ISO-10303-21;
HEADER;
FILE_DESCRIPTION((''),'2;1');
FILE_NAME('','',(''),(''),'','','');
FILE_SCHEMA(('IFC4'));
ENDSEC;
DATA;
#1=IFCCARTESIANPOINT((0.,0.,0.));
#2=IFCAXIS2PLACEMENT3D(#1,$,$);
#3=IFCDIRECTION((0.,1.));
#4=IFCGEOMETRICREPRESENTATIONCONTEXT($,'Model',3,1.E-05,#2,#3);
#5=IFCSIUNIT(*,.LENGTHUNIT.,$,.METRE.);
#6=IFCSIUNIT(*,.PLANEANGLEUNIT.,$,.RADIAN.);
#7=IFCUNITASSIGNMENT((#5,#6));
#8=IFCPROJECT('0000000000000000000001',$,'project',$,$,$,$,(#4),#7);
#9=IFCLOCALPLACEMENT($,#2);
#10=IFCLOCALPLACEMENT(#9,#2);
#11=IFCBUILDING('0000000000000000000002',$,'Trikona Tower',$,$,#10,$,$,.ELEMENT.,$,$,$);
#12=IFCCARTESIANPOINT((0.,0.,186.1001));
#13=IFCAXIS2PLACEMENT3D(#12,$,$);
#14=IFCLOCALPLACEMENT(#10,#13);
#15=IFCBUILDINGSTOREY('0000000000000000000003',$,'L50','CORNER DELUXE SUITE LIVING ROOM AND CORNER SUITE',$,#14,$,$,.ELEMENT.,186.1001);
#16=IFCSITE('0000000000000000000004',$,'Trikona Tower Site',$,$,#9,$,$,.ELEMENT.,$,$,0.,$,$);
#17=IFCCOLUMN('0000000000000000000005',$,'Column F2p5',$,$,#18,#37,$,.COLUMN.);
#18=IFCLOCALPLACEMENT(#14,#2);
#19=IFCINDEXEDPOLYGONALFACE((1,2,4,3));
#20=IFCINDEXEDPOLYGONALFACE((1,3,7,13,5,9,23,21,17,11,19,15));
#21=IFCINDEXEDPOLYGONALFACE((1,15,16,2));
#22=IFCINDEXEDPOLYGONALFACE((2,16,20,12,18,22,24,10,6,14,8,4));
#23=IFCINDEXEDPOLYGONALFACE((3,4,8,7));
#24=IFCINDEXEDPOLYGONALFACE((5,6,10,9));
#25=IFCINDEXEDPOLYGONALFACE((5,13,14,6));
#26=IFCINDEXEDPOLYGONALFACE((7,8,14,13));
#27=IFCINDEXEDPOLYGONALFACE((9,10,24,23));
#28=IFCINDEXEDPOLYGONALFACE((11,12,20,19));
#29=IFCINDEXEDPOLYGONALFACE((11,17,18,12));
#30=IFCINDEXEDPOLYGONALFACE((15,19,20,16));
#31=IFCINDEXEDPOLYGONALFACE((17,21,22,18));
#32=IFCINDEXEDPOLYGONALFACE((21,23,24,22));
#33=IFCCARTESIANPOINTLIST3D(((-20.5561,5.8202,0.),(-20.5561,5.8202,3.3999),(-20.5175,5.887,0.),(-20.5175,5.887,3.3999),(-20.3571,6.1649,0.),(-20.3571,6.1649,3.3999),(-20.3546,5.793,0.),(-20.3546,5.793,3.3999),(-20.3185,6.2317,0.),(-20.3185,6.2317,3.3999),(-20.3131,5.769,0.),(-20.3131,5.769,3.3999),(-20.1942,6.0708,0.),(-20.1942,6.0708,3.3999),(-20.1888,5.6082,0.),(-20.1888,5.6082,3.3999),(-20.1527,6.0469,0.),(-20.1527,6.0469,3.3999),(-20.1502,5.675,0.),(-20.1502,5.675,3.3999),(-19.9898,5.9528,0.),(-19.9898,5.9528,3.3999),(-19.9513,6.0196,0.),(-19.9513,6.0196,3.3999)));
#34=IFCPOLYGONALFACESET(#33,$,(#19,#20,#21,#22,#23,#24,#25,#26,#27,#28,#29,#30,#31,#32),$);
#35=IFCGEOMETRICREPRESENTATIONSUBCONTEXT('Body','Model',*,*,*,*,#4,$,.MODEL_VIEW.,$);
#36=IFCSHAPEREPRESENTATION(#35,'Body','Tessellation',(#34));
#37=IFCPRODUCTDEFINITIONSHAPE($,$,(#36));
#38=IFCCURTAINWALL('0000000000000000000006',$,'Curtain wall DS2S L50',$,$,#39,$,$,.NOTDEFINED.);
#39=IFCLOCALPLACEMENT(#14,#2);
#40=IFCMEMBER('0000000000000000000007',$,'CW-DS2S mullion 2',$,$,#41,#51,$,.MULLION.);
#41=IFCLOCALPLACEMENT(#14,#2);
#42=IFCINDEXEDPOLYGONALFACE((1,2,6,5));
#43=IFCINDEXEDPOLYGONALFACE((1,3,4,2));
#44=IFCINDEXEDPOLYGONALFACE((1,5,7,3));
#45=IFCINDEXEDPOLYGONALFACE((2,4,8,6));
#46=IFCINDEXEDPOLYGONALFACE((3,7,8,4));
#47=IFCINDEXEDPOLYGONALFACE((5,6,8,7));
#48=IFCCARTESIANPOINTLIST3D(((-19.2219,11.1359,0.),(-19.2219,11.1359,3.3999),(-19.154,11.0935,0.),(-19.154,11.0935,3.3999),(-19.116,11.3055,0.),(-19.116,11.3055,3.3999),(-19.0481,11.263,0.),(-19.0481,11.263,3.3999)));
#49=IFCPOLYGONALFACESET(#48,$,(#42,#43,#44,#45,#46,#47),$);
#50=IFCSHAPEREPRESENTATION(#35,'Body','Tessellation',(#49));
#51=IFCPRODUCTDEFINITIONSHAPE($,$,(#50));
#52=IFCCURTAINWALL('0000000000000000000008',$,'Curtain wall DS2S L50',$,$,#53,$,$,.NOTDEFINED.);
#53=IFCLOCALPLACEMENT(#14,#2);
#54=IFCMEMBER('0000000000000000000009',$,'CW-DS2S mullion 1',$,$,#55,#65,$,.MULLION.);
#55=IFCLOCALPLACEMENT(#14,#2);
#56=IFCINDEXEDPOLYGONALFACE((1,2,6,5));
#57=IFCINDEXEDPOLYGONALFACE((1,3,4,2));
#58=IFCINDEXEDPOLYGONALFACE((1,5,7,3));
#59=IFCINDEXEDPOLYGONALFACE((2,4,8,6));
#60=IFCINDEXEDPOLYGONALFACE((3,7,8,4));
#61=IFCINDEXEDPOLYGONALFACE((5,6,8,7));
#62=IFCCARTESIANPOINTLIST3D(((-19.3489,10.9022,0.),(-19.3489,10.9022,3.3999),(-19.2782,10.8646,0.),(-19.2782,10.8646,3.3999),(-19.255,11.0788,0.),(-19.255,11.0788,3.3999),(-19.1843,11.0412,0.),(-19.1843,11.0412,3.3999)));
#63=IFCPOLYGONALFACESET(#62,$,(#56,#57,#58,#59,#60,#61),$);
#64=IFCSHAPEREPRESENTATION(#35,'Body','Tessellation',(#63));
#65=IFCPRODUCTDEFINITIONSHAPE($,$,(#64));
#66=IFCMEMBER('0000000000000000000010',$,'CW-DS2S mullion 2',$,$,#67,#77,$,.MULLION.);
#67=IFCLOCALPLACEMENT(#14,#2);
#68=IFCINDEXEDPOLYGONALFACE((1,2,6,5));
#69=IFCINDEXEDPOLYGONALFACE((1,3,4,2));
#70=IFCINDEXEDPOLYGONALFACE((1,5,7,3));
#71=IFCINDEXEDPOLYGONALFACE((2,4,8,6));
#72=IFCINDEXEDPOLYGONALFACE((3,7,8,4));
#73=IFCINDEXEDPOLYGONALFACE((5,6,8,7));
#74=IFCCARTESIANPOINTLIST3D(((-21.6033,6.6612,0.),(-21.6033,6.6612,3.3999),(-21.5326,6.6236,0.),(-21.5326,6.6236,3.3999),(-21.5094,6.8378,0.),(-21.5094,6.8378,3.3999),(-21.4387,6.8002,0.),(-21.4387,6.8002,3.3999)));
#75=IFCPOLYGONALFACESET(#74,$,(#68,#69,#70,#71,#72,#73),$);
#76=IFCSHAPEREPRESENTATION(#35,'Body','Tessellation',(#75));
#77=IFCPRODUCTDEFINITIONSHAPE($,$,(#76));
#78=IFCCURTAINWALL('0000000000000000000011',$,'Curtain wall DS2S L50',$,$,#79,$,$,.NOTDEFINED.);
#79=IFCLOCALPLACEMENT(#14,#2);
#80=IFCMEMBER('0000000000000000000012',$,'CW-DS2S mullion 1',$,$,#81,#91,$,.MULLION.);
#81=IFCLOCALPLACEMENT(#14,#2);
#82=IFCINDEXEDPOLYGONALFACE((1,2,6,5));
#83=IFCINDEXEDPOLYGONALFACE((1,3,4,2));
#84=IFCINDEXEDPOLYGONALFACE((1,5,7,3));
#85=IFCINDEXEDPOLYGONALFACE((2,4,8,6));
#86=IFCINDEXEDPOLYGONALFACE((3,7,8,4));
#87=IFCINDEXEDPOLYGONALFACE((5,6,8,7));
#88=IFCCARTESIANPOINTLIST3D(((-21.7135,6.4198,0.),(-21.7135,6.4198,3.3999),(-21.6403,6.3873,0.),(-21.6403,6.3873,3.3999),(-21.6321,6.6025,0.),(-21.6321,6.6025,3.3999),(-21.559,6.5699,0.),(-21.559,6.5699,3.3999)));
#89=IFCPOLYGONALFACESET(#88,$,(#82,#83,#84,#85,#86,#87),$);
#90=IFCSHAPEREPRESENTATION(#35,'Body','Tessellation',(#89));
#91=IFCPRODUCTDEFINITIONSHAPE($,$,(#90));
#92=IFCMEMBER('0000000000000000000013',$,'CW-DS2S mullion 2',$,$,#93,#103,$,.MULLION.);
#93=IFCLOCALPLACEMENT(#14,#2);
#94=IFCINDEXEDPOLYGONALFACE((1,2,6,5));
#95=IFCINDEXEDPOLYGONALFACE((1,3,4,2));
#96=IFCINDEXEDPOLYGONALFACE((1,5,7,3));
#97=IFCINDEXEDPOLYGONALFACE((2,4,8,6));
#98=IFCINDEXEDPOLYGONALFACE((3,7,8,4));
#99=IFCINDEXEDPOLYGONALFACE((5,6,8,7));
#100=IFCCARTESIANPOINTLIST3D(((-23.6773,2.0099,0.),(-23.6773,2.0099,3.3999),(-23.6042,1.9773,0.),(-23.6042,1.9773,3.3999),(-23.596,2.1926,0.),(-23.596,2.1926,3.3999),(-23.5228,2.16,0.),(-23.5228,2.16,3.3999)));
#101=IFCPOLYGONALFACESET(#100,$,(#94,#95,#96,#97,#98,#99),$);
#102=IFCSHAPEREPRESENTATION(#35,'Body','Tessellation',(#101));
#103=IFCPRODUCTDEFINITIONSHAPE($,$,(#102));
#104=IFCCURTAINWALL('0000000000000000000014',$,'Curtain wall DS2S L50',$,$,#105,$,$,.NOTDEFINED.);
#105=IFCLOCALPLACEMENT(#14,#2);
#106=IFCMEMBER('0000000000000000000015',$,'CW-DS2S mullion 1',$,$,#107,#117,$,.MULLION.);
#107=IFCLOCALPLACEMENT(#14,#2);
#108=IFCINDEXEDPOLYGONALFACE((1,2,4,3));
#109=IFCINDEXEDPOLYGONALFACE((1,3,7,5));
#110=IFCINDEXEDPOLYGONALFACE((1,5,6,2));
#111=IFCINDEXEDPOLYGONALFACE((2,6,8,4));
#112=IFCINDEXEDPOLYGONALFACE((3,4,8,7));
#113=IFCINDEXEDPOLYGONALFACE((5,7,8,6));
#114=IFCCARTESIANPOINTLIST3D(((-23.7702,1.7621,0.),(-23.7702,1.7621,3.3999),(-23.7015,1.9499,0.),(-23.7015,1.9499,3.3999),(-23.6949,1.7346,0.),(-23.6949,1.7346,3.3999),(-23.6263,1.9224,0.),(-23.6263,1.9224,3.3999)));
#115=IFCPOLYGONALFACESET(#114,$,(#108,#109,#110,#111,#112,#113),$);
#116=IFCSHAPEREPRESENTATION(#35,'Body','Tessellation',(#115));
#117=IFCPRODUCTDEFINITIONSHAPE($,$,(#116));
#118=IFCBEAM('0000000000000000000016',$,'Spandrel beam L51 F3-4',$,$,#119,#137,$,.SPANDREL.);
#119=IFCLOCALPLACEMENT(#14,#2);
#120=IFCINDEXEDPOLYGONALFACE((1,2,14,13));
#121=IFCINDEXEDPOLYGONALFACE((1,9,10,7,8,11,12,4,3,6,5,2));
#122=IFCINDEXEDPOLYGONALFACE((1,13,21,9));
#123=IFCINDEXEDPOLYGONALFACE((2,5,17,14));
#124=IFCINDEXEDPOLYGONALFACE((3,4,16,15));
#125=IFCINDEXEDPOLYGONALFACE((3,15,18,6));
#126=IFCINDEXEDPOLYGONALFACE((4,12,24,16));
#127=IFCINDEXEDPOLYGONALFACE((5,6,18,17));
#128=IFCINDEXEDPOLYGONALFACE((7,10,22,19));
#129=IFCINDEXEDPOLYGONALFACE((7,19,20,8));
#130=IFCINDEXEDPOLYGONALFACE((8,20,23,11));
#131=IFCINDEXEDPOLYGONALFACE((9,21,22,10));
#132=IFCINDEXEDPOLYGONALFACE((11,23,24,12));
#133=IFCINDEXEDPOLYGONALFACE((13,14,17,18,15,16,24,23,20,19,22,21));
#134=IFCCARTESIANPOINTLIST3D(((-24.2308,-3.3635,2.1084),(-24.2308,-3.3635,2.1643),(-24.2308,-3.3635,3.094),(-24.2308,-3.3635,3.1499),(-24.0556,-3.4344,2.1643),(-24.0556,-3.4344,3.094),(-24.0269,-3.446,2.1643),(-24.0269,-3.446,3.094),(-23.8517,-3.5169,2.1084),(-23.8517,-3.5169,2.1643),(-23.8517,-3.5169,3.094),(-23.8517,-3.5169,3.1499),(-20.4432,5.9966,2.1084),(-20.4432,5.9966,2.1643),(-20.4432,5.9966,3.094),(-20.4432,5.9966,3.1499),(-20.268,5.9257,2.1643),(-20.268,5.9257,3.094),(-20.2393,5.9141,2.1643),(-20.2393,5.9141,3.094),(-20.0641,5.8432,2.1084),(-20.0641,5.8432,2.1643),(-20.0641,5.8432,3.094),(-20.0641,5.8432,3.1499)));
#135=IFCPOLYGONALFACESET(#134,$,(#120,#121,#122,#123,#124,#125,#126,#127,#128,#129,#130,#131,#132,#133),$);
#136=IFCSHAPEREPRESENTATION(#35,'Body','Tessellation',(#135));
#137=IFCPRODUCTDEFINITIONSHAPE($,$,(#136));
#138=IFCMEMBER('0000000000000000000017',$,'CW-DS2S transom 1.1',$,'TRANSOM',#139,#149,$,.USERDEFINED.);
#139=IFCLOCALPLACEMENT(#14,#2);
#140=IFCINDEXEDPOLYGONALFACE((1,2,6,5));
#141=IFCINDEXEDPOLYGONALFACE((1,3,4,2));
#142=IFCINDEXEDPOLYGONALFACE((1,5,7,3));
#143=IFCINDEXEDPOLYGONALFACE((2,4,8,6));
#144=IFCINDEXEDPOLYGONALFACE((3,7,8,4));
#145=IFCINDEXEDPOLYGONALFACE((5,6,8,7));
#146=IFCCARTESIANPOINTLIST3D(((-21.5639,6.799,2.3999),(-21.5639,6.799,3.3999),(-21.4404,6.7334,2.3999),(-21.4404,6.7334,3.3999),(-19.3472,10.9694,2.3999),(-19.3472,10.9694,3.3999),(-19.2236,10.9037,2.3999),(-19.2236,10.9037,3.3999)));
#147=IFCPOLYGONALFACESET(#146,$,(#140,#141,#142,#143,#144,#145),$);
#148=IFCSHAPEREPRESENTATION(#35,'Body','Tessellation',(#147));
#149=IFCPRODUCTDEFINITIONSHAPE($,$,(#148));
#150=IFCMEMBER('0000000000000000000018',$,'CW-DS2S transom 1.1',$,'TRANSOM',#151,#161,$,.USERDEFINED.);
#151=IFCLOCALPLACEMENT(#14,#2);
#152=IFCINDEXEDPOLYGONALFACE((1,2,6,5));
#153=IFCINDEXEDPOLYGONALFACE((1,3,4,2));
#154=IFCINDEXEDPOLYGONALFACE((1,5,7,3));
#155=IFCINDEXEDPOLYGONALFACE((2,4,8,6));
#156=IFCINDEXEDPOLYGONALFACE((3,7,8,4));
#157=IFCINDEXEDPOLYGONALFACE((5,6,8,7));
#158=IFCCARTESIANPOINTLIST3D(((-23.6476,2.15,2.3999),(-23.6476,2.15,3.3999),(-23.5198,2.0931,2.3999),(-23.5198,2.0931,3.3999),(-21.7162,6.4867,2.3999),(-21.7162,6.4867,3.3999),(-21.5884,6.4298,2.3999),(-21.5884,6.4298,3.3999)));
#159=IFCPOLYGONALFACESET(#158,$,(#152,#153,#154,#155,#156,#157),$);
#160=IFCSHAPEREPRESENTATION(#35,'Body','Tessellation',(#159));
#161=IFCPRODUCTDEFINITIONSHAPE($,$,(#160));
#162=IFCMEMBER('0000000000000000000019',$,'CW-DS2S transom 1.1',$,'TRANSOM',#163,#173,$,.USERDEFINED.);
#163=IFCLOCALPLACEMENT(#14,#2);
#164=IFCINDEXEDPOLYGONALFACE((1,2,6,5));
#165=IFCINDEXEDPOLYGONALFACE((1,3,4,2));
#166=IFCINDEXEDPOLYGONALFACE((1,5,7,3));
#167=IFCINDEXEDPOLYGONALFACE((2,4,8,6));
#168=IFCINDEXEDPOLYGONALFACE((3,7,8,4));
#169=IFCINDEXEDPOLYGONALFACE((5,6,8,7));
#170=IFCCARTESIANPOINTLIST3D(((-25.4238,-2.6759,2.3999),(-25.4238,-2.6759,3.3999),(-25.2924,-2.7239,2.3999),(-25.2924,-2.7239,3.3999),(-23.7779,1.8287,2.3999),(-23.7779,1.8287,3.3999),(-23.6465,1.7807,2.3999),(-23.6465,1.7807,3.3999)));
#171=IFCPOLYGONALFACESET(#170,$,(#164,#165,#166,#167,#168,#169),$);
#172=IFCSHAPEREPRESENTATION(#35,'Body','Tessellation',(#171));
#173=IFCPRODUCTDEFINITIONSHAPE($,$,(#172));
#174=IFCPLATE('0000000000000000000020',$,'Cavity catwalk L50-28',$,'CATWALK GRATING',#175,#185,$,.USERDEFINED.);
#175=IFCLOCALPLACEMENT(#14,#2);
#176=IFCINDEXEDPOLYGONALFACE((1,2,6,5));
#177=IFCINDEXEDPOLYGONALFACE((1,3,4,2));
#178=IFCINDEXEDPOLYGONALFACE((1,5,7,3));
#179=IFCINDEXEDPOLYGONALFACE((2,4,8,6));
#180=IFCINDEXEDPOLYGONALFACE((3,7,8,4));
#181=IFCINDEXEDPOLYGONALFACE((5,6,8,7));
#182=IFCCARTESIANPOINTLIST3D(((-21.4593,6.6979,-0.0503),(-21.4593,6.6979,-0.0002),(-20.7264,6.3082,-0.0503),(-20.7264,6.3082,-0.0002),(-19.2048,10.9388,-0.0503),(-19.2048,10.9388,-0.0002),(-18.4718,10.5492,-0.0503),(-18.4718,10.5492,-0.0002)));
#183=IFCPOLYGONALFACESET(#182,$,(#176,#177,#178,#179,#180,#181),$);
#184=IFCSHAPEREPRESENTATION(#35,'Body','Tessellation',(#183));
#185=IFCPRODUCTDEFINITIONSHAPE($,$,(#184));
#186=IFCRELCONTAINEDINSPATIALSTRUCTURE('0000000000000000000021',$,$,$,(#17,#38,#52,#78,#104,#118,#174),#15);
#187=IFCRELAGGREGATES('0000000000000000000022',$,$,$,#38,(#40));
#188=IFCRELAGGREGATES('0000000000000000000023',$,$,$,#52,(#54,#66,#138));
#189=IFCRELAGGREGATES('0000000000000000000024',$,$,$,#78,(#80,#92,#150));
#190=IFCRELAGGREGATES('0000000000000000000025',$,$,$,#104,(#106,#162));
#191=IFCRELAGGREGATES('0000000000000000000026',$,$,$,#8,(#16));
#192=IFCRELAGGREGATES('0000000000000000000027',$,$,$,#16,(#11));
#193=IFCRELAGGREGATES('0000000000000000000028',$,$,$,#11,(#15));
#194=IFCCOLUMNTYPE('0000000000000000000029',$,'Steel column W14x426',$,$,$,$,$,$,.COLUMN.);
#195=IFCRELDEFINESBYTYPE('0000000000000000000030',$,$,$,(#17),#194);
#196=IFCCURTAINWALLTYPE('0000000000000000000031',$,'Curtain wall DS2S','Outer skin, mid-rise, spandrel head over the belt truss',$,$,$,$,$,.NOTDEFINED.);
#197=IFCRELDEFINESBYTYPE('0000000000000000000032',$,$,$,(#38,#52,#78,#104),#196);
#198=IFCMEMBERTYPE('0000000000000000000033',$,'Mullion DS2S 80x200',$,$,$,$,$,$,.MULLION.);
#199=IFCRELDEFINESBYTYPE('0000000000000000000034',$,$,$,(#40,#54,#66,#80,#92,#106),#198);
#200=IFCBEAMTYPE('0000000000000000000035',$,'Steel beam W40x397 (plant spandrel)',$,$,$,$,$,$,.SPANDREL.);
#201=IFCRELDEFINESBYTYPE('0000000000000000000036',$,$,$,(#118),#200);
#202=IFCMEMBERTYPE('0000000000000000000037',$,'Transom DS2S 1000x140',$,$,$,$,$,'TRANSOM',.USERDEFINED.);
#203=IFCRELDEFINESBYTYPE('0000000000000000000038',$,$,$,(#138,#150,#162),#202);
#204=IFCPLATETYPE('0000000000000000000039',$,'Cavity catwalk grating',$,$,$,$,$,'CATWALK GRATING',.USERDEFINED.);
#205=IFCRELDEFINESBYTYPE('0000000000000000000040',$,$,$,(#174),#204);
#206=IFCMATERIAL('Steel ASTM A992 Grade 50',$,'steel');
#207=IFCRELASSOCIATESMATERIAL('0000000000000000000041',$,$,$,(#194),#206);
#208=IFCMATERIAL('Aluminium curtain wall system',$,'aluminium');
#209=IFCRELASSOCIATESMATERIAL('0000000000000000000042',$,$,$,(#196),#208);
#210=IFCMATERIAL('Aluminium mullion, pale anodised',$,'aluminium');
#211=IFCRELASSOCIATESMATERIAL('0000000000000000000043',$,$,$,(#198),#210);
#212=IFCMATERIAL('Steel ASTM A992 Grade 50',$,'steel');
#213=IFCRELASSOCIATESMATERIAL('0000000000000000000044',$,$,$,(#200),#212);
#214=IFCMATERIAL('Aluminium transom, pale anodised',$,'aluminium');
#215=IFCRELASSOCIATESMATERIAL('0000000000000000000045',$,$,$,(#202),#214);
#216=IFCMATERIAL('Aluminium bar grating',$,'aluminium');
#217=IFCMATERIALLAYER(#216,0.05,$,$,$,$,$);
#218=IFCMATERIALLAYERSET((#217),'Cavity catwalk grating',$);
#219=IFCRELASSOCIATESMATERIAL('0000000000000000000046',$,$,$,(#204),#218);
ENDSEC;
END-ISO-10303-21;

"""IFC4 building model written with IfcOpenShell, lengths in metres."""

from ifc_helpers import new_model, si_unit, direction, frame, origin, origin_2d, place, context, subcontext, project, spatial, rectangle, i_section, extrude, material, layer, layer_set, material_profile, profile_set, type_object, element, aggregate, save


model = new_model("IFC4")

# Units and contexts
model_context = context("Model", 3, precision=1e-05, world=origin(), true_north=direction((0.0, 1.0)))
body_context = subcontext(model_context, "Body", "Model", "MODEL_VIEW")
ifc_project = project(units=[si_unit("LENGTHUNIT", "METRE"), si_unit("PLANEANGLEUNIT", "RADIAN")], contexts=[model_context])

# Site, building, storey
site_placement = place(None, origin())
site = spatial("IfcSite", under=ifc_project, at=site_placement, Name="Trikona Tower Site", CompositionType="ELEMENT", RefElevation=0.0)
building_placement = place(site_placement, origin())
building = spatial("IfcBuilding", under=site, at=building_placement, Name="Trikona Tower", CompositionType="ELEMENT")
storey_placement = place(building_placement, frame((0.0, 0.0, 186.1001)))
storey = spatial("IfcBuildingStorey", under=building, at=storey_placement, Name="L50", Description="CORNER DELUXE SUITE LIVING ROOM AND CORNER SUITE", CompositionType="ELEMENT", Elevation=186.1001)

# Column
ifc_material_1 = material(Name="Steel ASTM A992 Grade 50", Category="steel")
ifc_material_profile_1 = material_profile(ifc_material_1, i_section(OverallWidth=0.4241, OverallDepth=0.4751, WebThickness=0.0479, FlangeThickness=0.0771, at=origin_2d()), Name="W14X426")
ifc_profile_set_1 = profile_set([ifc_material_profile_1], Name="Steel ASTM A992 Grade 50")
column_type = type_object("IfcColumnType", Name="Steel column W14x426", PredefinedType="COLUMN", material=ifc_profile_set_1)
column_placement = place(storey_placement, frame((-20.2537, 5.9199, 0.0), z_axis=(0.0, 0.0, 1.0), x_axis=(-0.866025, 0.5, 0.0)))
element("IfcColumn", 1, at=column_placement, inside=storey, type_object=column_type, Name="Column F2p5", PredefinedType="COLUMN", context=body_context, shape_type="SweptSolid", body=[
    extrude(i_section(OverallWidth=0.4241, OverallDepth=0.4751, WebThickness=0.0479, FlangeThickness=0.0771, at=origin_2d()), origin(), (0.0, 0.0, 1.0), 3.3999),
])

# Curtain wall, member
ifc_material_2 = material(Name="Aluminium curtain wall system", Category="aluminium")
curtain_wall_type = type_object("IfcCurtainWallType", Name="Curtain wall DS2S", Description="Outer skin, mid-rise, spandrel head over the belt truss", PredefinedType="NOTDEFINED", material=ifc_material_2)
curtain_wall_1_placement = place(storey_placement, origin())
curtain_wall_1 = element("IfcCurtainWall", 2, at=curtain_wall_1_placement, inside=storey, type_object=curtain_wall_type, Name="Curtain wall DS2S L50", PredefinedType="NOTDEFINED")
ifc_material_3 = material(Name="Aluminium mullion, pale anodised", Category="aluminium")
ifc_material_profile_2 = material_profile(ifc_material_3, rectangle(XDim=0.0801, YDim=0.2, at=origin_2d()), Name="MUL-DS2S")
ifc_profile_set_2 = profile_set([ifc_material_profile_2], Name="Aluminium mullion, pale anodised")
member_type_1 = type_object("IfcMemberType", Name="Mullion DS2S 80x200", PredefinedType="MULLION", material=ifc_profile_set_2)
member_1_placement = place(storey_placement, frame((-19.135, 11.1995, 0.0), z_axis=(0.0, 0.0, 1.0), x_axis=(0.847998, -0.529999, 0.0)))
member_1 = element("IfcMember", 3, at=member_1_placement, type_object=member_type_1, Name="CW-DS2S mullion 2", PredefinedType="MULLION", context=body_context, shape_type="SweptSolid", body=[
    extrude(rectangle(XDim=0.0801, YDim=0.2, at=origin_2d()), origin(), (0.0, 0.0, 1.0), 3.3999),
])
aggregate(curtain_wall_1, [member_1])

# Curtain walls, members
curtain_wall_2_placement = place(storey_placement, origin())
curtain_wall_2 = element("IfcCurtainWall", 4, at=curtain_wall_2_placement, inside=storey, type_object=curtain_wall_type, Name="Curtain wall DS2S L50", PredefinedType="NOTDEFINED")
member_2_placement = place(storey_placement, frame((-19.2666, 10.9717, 0.0), z_axis=(0.0, 0.0, 1.0), x_axis=(0.882996, -0.46938, 0.0)))
member_2 = element("IfcMember", 5, at=member_2_placement, type_object=member_type_1, Name="CW-DS2S mullion 1", PredefinedType="MULLION", context=body_context, shape_type="SweptSolid", body=[
    extrude(rectangle(XDim=0.0801, YDim=0.2, at=origin_2d()), origin(), (0.0, 0.0, 1.0), 3.3999),
])
member_3_placement = place(storey_placement, frame((-21.521, 6.7307, 0.0), z_axis=(0.0, 0.0, 1.0), x_axis=(0.882996, -0.46938, 0.0)))
member_3 = element("IfcMember", 6, at=member_3_placement, type_object=member_type_1, Name="CW-DS2S mullion 2", PredefinedType="MULLION", context=body_context, shape_type="SweptSolid", body=[
    extrude(rectangle(XDim=0.0801, YDim=0.2, at=origin_2d()), origin(), (0.0, 0.0, 1.0), 3.3999),
])
curtain_wall_3_placement = place(storey_placement, origin())
curtain_wall_3 = element("IfcCurtainWall", 7, at=curtain_wall_3_placement, inside=storey, type_object=curtain_wall_type, Name="Curtain wall DS2S L50", PredefinedType="NOTDEFINED")
member_4_placement = place(storey_placement, frame((-21.6362, 6.4949, 0.0), z_axis=(0.0, 0.0, 1.0), x_axis=(0.913501, -0.406836, 0.0)))
member_4 = element("IfcMember", 8, at=member_4_placement, type_object=member_type_1, Name="CW-DS2S mullion 1", PredefinedType="MULLION", context=body_context, shape_type="SweptSolid", body=[
    extrude(rectangle(XDim=0.0801, YDim=0.2, at=origin_2d()), origin(), (0.0, 0.0, 1.0), 3.3999),
])
member_5_placement = place(storey_placement, frame((-23.6001, 2.085, 0.0), z_axis=(0.0, 0.0, 1.0), x_axis=(0.913501, -0.406836, 0.0)))
member_5 = element("IfcMember", 9, at=member_5_placement, type_object=member_type_1, Name="CW-DS2S mullion 2", PredefinedType="MULLION", context=body_context, shape_type="SweptSolid", body=[
    extrude(rectangle(XDim=0.0801, YDim=0.2, at=origin_2d()), origin(), (0.0, 0.0, 1.0), 3.3999),
])

# Curtain wall, member
curtain_wall_4_placement = place(storey_placement, origin())
curtain_wall_4 = element("IfcCurtainWall", 10, at=curtain_wall_4_placement, inside=storey, type_object=curtain_wall_type, Name="Curtain wall DS2S L50", PredefinedType="NOTDEFINED")
member_6_placement = place(storey_placement, frame((-23.6982, 1.8423, 0.0), z_axis=(0.0, 0.0, 1.0), x_axis=(0.939254, -0.343223, 0.0)))
member_6 = element("IfcMember", 11, at=member_6_placement, type_object=member_type_1, Name="CW-DS2S mullion 1", PredefinedType="MULLION", context=body_context, shape_type="SweptSolid", body=[
    extrude(rectangle(XDim=0.0801, YDim=0.2, at=origin_2d()), origin(), (0.0, 0.0, 1.0), 3.3999),
])

# Beam
ifc_material_4 = material(Name="Steel ASTM A992 Grade 50", Category="steel")
ifc_material_profile_3 = material_profile(ifc_material_4, i_section(OverallWidth=0.4089, OverallDepth=1.0415, WebThickness=0.031, FlangeThickness=0.0559, at=origin_2d()), Name="W40X397")
ifc_profile_set_3 = profile_set([ifc_material_profile_3], Name="Steel ASTM A992 Grade 50")
beam_type = type_object("IfcBeamType", Name="Steel beam W40x397 (plant spandrel)", PredefinedType="SPANDREL", material=ifc_profile_set_3)
beam_placement = place(storey_placement, frame((-20.2537, 5.9199, 2.6292), z_axis=(-0.375106, -0.926982, 0.0), x_axis=(0.926982, -0.375106, 0.0)))
element("IfcBeam", 12, at=beam_placement, inside=storey, type_object=beam_type, Name="Spandrel beam L51 F3-4", PredefinedType="SPANDREL", context=body_context, shape_type="SweptSolid", body=[
    extrude(i_section(OverallWidth=0.4089, OverallDepth=1.0415, WebThickness=0.031, FlangeThickness=0.0559, at=origin_2d()), origin(), (0.0, 0.0, 1.0), 10.0974),
])

# Members
ifc_material_5 = material(Name="Aluminium transom, pale anodised", Category="aluminium")
ifc_material_profile_4 = material_profile(ifc_material_5, rectangle(XDim=0.1399, YDim=1.0, at=origin_2d()), Name="TRN-DS2S")
ifc_profile_set_4 = profile_set([ifc_material_profile_4], Name="Aluminium transom, pale anodised")
member_type_2 = type_object("IfcMemberType", Name="Transom DS2S 1000x140", ElementType="TRANSOM", PredefinedType="USERDEFINED", material=ifc_profile_set_4)
member_7_placement = place(storey_placement, frame((-19.2854, 10.9365, 2.8999), z_axis=(-0.469364, -0.883005, 0.0), x_axis=(0.883005, -0.469364, 0.0)))
member_7 = element("IfcMember", 13, at=member_7_placement, type_object=member_type_2, Name="CW-DS2S transom 1.1", ObjectType="TRANSOM", PredefinedType="USERDEFINED", context=body_context, shape_type="SweptSolid", body=[
    extrude(rectangle(XDim=0.1399, YDim=1.0, at=origin_2d()), origin(), (0.0, 0.0, 1.0), 4.7229),
])
member_8_placement = place(storey_placement, frame((-21.6523, 6.4583, 2.8999), z_axis=(-0.40684, -0.9135, 0.0), x_axis=(0.9135, -0.40684, 0.0)))
member_8 = element("IfcMember", 14, at=member_8_placement, type_object=member_type_2, Name="CW-DS2S transom 1.1", ObjectType="TRANSOM", PredefinedType="USERDEFINED", context=body_context, shape_type="SweptSolid", body=[
    extrude(rectangle(XDim=0.1399, YDim=1.0, at=origin_2d()), origin(), (0.0, 0.0, 1.0), 4.7473),
])
member_9_placement = place(storey_placement, frame((-23.7122, 1.8047, 2.8999), z_axis=(-0.343206, -0.93926, 0.0), x_axis=(0.93926, -0.343206, 0.0)))
member_9 = element("IfcMember", 15, at=member_9_placement, type_object=member_type_2, Name="CW-DS2S transom 1.1", ObjectType="TRANSOM", PredefinedType="USERDEFINED", context=body_context, shape_type="SweptSolid", body=[
    extrude(rectangle(XDim=0.1399, YDim=1.0, at=origin_2d()), origin(), (0.0, 0.0, 1.0), 4.7959),
])

# Plate
ifc_material_6 = material(Name="Aluminium bar grating", Category="aluminium")
ifc_layer_1 = layer(ifc_material_6, 0.05)
ifc_layer_set_1 = layer_set([ifc_layer_1], Name="Cavity catwalk grating")
plate_type_1 = type_object("IfcPlateType", Name="Cavity catwalk grating", ElementType="CATWALK GRATING", PredefinedType="USERDEFINED", material=ifc_layer_set_1)
plate_1_placement = place(storey_placement, frame((-19.9656, 8.6235, -0.0503), z_axis=(0.0, 0.0, 1.0), x_axis=(-0.469398, -0.882987, 0.0)))
element("IfcPlate", 16, at=plate_1_placement, inside=storey, type_object=plate_type_1, Name="Cavity catwalk L50-28", ObjectType="CATWALK GRATING", PredefinedType="USERDEFINED", context=body_context, shape_type="SweptSolid", body=[
    extrude(rectangle(XDim=4.803, YDim=0.8301, at=origin_2d()), origin(), (0.0, 0.0, 1.0), 0.05),
])

aggregate(curtain_wall_2, [member_2, member_3, member_7])
aggregate(curtain_wall_3, [member_4, member_5, member_8])
aggregate(curtain_wall_4, [member_6, member_9])

save(model, "model.ifc")
